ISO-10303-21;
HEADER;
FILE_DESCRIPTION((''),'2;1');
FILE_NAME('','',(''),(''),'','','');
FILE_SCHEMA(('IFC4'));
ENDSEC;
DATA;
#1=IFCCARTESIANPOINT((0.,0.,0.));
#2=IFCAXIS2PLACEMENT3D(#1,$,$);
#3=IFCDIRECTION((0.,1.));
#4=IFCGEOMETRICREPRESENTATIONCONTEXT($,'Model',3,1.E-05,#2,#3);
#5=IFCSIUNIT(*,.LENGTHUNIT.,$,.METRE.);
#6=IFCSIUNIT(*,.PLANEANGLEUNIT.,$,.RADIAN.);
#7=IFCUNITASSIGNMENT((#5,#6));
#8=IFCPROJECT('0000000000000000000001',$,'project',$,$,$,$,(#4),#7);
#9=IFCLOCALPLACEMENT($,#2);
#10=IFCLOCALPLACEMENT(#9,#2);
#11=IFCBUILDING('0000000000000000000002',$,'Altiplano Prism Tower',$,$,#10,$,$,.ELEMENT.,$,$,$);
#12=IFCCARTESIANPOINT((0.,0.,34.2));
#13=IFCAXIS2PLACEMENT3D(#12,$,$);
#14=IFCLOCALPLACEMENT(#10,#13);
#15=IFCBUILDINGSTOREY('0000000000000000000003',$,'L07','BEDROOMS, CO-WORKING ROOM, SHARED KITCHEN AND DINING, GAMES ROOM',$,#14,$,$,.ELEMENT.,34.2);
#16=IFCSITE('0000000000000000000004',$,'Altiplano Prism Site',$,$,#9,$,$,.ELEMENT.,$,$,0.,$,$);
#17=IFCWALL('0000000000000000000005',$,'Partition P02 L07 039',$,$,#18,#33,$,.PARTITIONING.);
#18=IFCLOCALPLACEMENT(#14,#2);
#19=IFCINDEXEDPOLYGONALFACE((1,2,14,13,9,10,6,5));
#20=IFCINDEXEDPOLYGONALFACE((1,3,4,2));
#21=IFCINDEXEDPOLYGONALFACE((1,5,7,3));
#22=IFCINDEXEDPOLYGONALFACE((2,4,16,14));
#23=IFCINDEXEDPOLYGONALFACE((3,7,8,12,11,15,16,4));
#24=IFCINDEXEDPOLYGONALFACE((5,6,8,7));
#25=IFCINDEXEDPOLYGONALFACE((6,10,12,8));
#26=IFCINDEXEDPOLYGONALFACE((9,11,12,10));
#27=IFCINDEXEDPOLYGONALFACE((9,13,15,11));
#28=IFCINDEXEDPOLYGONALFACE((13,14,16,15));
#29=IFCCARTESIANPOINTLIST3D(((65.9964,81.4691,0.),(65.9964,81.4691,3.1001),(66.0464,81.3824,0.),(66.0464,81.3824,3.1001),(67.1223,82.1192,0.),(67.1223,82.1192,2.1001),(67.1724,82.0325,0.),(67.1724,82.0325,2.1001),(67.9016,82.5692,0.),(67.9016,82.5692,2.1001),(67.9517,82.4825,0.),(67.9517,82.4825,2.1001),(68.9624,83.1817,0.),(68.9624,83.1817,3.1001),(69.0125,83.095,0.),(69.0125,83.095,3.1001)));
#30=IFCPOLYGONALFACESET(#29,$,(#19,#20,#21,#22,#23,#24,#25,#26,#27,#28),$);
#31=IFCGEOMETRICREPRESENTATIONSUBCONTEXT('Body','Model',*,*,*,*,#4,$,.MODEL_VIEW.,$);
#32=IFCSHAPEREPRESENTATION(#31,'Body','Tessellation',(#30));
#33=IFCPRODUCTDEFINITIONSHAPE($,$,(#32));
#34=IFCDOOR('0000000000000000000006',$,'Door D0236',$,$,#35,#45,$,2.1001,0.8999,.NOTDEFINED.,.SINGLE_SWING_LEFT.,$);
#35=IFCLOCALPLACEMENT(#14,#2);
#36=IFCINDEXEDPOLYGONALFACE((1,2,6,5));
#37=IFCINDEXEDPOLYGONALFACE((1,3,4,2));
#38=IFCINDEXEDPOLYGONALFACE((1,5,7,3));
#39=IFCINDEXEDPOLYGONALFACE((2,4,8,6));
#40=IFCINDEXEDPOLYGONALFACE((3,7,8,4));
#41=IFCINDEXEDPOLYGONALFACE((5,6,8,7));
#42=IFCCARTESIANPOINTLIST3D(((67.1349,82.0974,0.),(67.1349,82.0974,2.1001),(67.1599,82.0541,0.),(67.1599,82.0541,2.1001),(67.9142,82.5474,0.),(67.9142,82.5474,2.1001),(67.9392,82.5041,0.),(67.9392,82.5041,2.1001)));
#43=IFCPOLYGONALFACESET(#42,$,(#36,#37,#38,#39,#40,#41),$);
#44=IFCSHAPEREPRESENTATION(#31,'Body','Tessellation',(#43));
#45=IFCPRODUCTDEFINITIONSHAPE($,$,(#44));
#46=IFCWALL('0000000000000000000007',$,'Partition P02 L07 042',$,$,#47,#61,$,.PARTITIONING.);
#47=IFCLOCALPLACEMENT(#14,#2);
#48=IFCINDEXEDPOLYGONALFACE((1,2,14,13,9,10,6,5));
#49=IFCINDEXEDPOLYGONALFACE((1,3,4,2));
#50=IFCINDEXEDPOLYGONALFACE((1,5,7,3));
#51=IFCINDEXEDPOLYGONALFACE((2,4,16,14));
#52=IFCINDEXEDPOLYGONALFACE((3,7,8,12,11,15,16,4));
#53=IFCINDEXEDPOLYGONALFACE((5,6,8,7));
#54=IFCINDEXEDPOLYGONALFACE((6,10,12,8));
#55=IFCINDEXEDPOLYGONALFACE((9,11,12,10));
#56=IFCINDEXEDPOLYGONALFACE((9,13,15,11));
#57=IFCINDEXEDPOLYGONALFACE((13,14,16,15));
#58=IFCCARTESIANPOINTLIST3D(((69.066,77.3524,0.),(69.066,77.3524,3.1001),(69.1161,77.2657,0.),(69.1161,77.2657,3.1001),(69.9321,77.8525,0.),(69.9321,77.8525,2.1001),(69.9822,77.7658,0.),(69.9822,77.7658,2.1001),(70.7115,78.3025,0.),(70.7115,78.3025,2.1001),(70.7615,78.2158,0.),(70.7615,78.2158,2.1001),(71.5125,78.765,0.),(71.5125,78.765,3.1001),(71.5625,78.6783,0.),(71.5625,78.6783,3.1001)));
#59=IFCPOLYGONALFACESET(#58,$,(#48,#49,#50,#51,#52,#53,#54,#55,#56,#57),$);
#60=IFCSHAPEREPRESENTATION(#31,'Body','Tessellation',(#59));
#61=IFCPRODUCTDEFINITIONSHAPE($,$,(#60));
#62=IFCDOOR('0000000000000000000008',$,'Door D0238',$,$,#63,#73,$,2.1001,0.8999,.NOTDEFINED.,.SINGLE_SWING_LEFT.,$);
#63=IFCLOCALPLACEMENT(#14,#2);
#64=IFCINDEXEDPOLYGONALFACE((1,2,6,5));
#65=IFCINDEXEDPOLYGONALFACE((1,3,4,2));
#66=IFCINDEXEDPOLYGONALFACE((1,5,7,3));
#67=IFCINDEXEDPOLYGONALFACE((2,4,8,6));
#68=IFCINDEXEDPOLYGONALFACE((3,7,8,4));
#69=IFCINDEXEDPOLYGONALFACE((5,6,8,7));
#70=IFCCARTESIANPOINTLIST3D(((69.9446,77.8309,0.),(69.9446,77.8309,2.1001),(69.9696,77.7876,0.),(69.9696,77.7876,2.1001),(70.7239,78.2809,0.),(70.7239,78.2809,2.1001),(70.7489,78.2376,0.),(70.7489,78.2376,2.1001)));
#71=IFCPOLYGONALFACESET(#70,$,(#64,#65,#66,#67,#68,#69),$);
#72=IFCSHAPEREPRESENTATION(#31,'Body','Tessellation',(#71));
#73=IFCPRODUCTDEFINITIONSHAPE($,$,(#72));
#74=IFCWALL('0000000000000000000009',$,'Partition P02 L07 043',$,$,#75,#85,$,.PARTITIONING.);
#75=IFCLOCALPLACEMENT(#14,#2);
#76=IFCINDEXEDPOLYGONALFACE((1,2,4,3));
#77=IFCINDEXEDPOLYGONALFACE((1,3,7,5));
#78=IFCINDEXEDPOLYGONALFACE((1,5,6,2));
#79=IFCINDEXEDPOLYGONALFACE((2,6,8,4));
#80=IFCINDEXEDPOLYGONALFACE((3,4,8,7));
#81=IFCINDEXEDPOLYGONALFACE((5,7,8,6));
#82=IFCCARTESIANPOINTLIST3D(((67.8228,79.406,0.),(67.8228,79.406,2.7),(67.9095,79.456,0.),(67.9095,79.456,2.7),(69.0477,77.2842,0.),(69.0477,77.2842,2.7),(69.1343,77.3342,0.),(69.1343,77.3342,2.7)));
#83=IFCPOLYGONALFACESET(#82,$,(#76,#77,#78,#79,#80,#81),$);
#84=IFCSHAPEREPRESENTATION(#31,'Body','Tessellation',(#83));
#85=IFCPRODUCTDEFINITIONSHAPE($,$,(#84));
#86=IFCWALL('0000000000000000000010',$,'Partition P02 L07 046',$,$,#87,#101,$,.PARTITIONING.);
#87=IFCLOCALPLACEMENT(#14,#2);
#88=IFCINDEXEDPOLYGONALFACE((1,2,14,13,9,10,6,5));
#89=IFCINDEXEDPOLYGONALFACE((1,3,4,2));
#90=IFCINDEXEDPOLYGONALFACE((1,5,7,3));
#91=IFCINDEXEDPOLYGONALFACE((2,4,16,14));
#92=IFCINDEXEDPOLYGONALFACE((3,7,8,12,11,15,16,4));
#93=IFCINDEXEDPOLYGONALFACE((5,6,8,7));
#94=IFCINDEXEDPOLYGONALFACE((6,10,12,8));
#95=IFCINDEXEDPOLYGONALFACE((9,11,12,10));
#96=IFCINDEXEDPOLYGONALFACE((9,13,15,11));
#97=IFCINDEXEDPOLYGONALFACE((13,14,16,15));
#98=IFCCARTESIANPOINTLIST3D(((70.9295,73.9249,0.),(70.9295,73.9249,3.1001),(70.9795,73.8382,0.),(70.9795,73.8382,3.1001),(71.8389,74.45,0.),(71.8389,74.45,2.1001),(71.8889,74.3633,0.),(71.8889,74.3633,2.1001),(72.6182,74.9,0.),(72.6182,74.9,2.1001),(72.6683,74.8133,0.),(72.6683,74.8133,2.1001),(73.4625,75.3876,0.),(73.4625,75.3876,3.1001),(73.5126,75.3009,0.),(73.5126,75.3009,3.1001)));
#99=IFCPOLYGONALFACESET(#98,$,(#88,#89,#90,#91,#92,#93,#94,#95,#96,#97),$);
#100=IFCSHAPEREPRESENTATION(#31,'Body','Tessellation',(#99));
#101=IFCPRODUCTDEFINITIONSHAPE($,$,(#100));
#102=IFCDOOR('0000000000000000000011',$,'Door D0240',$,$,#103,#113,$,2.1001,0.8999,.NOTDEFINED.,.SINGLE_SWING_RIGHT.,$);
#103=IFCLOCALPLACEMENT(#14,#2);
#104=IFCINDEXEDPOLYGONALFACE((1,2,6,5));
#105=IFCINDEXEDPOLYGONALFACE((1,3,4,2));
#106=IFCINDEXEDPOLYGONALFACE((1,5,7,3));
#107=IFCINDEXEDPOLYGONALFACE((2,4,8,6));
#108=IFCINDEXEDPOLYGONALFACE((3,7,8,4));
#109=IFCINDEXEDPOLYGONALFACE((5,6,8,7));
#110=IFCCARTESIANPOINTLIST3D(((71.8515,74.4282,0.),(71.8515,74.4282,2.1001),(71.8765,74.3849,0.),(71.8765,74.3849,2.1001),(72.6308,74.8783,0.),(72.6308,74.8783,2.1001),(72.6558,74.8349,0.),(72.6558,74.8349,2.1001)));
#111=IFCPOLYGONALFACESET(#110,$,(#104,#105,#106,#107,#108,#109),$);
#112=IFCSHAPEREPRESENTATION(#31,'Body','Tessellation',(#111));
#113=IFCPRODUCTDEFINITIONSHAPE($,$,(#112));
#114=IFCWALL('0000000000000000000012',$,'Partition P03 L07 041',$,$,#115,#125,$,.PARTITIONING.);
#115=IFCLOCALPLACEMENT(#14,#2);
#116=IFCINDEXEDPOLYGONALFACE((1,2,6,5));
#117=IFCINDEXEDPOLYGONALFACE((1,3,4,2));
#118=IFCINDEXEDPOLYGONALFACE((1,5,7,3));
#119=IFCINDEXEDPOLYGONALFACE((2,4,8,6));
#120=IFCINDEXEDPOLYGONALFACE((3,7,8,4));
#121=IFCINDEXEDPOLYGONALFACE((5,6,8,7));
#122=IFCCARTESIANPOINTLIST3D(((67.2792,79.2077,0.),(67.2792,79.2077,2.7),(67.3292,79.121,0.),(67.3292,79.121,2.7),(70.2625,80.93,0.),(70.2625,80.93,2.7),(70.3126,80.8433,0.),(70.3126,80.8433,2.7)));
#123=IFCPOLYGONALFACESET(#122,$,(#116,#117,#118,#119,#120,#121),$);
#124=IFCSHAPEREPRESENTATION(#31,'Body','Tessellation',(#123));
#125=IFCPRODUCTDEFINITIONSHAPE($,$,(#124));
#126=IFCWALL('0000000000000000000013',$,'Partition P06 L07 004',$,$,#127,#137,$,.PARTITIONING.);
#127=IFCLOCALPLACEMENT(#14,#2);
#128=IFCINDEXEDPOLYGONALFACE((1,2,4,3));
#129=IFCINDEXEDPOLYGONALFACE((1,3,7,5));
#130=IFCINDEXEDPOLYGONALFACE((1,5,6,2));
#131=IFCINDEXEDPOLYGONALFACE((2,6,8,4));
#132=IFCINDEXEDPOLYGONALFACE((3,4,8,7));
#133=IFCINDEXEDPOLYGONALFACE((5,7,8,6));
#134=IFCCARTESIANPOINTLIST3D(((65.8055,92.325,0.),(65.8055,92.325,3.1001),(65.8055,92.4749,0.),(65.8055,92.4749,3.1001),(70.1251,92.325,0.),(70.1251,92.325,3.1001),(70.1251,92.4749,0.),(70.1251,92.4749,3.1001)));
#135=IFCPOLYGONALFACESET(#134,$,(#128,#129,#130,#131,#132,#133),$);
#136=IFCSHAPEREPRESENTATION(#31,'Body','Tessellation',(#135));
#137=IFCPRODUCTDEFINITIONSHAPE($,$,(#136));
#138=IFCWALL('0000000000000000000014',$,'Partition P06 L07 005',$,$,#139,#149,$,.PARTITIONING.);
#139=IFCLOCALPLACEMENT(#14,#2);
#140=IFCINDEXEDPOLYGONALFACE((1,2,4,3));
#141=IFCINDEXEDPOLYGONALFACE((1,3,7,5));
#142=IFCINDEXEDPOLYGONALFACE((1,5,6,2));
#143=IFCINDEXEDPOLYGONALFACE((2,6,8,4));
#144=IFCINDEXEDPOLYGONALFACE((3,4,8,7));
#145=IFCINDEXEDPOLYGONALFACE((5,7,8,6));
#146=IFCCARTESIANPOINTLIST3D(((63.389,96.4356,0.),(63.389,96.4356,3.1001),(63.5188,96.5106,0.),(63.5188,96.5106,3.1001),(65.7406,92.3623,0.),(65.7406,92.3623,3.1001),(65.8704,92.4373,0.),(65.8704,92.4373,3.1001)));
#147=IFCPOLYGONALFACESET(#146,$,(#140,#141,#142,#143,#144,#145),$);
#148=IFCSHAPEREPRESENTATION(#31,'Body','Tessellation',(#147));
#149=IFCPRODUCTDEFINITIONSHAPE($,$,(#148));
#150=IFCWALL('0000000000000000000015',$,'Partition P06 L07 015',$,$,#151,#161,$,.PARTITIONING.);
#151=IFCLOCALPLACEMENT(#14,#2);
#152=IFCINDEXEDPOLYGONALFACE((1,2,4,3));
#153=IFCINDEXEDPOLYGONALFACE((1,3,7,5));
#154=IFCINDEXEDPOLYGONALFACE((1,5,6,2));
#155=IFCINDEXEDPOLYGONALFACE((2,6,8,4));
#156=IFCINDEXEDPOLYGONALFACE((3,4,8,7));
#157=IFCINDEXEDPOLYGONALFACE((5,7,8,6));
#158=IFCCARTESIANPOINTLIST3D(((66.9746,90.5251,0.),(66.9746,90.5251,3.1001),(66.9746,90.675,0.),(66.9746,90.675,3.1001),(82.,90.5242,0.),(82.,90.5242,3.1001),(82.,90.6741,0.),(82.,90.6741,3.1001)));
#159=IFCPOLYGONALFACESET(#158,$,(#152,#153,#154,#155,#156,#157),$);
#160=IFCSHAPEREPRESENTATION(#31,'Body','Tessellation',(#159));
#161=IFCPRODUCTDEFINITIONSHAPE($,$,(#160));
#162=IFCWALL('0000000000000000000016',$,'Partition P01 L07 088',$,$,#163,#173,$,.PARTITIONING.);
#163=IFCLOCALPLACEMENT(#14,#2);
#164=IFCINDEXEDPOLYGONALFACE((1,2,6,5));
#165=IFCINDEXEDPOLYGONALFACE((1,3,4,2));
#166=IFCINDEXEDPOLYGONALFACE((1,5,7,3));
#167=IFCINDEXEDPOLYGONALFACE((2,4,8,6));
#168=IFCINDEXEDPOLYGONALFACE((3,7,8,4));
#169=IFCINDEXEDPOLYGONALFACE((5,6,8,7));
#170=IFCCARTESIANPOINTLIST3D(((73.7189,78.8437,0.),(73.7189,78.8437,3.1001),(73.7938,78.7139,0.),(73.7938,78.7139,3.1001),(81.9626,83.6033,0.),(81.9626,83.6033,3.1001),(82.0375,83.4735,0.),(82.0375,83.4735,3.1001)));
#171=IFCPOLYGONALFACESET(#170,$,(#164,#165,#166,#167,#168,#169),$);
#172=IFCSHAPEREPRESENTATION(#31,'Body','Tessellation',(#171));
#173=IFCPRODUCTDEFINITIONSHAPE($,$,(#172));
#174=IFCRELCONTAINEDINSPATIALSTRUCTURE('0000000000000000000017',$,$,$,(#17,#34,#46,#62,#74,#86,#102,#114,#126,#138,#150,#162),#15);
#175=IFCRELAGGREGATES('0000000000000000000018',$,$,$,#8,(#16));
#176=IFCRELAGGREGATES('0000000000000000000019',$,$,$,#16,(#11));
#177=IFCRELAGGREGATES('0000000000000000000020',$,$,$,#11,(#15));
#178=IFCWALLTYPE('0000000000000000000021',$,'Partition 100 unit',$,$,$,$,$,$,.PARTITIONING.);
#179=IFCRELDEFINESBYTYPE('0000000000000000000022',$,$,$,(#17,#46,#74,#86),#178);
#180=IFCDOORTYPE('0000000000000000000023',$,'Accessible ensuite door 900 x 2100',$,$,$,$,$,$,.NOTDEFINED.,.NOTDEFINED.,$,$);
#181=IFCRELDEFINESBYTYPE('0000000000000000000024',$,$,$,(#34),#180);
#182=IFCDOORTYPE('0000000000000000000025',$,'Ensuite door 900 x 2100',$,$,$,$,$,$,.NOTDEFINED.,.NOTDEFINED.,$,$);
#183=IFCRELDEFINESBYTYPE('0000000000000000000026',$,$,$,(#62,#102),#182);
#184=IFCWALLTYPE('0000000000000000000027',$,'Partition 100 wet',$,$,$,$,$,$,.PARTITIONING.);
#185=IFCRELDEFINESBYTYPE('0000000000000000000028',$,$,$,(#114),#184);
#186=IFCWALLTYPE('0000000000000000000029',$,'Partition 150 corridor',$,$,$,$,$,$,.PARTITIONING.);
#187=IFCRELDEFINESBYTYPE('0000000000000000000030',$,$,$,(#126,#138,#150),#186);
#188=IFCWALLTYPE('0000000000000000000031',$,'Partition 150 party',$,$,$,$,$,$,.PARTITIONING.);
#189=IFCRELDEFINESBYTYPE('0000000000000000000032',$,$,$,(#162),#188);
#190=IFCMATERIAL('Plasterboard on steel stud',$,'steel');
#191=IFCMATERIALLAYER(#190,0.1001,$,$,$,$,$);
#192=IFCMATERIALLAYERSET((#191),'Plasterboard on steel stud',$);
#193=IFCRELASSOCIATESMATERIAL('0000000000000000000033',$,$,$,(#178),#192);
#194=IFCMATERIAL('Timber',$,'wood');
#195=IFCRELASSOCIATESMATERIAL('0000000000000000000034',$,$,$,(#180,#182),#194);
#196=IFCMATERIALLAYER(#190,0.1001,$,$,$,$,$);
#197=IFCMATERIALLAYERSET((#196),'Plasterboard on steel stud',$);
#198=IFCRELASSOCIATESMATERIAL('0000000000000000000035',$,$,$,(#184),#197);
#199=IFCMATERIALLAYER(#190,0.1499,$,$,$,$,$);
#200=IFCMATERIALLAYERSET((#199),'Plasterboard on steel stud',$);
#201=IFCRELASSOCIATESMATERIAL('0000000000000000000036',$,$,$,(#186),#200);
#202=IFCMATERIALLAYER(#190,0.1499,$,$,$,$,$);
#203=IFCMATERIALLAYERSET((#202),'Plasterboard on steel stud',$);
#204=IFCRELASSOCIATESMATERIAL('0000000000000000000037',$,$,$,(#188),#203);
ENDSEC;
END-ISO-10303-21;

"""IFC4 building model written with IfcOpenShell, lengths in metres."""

from ifc_helpers import new_model, si_unit, direction, frame, frame_2d, origin, place, context, subcontext, project, spatial, rectangle, extrude, material, layer, layer_set, type_object, element, fill, save


model = new_model("IFC4")

# Units and contexts
model_context = context("Model", 3, precision=1e-05, world=origin(), true_north=direction((0.0, 1.0)))
body_context = subcontext(model_context, "Body", "Model", "MODEL_VIEW")
ifc_project = project(units=[si_unit("LENGTHUNIT", "METRE"), si_unit("PLANEANGLEUNIT", "RADIAN")], contexts=[model_context])

# Site, building, storey
site_placement = place(None, origin())
site = spatial("IfcSite", under=ifc_project, at=site_placement, Name="Altiplano Prism Site", CompositionType="ELEMENT", RefElevation=0.0)
building_placement = place(site_placement, origin())
building = spatial("IfcBuilding", under=site, at=building_placement, Name="Altiplano Prism Tower", CompositionType="ELEMENT")
storey_placement = place(building_placement, frame((0.0, 0.0, 34.2)))
storey = spatial("IfcBuildingStorey", under=building, at=storey_placement, Name="L07", Description="BEDROOMS, CO-WORKING ROOM, SHARED KITCHEN AND DINING, GAMES ROOM", CompositionType="ELEMENT", Elevation=34.2)

# Shared definitions
ifc_material_1 = material(Name="Plasterboard on steel stud", Category="steel")
ifc_layer_1 = layer(ifc_material_1, 0.1001)
ifc_layer_set_1 = layer_set([ifc_layer_1], Name="Plasterboard on steel stud")
wall_type_1 = type_object("IfcWallType", Name="Partition 100 unit", PredefinedType="PARTITIONING", material=ifc_layer_set_1)

# Walls, openings, doors
wall_1_placement = place(storey_placement, frame((66.0215, 81.4258, 0.0), z_axis=(0.0, 0.0, 1.0), x_axis=(0.866002, 0.500041, 0.0)))
wall_1 = element("IfcWall", 1, at=wall_1_placement, inside=storey, type_object=wall_type_1, Name="Partition P02 L07 039", PredefinedType="PARTITIONING", context=body_context, shape_type="SweptSolid", body=[
    extrude(rectangle(XDim=3.425, YDim=0.1001, at=frame_2d((1.7124, 0.0))), origin(), (0.0, 0.0, 1.0), 3.1001),
])
opening_1_placement = place(wall_1_placement, frame((1.3, 0.0, 0.0)))
opening_1 = element("IfcOpeningElement", 2, at=opening_1_placement, cuts=wall_1, PredefinedType="OPENING", context=body_context, shape_type="SweptSolid", body=[
    extrude(rectangle(XDim=0.8999, YDim=2.1001, at=frame_2d((0.45, 1.05))), frame((0.0, 0.0605, 0.0), z_axis=(0.0, -1.0, 0.0), x_axis=(1.0, 0.0, 0.0)), (0.0, 0.0, 1.0), 0.1211),
])
ifc_material_2 = material(Name="Timber", Category="wood")
door_type_1 = type_object("IfcDoorType", Name="Accessible ensuite door 900 x 2100", OperationType="NOTDEFINED", PredefinedType="NOTDEFINED", material=ifc_material_2)
door_1_placement = place(opening_1_placement, origin())
door_1 = element("IfcDoor", 3, at=door_1_placement, inside=storey, type_object=door_type_1, Name="Door D0236", OperationType="SINGLE_SWING_LEFT", OverallHeight=2.1001, OverallWidth=0.8999, PredefinedType="NOTDEFINED", context=body_context, shape_type="SweptSolid", body=[
    extrude(rectangle(XDim=0.8999, YDim=2.1001, at=frame_2d((0.45, 1.05))), frame((0.0, 0.0249, 0.0), z_axis=(0.0, -1.0, 0.0), x_axis=(1.0, 0.0, 0.0)), (0.0, 0.0, 1.0), 0.05),
])
fill(opening_1, door_1)
wall_2_placement = place(storey_placement, frame((71.5376, 78.7217, 0.0), z_axis=(0.0, 0.0, 1.0), x_axis=(-0.866011, -0.500024, 0.0)))
wall_2 = element("IfcWall", 4, at=wall_2_placement, inside=storey, type_object=wall_type_1, Name="Partition P02 L07 042", PredefinedType="PARTITIONING", context=body_context, shape_type="SweptSolid", body=[
    extrude(rectangle(XDim=2.825, YDim=0.1001, at=frame_2d((1.4126, 0.0))), origin(), (0.0, 0.0, 1.0), 3.1001),
])
opening_2_placement = place(wall_2_placement, frame((0.925, 0.0, 0.0)))
opening_2 = element("IfcOpeningElement", 5, at=opening_2_placement, cuts=wall_2, PredefinedType="OPENING", context=body_context, shape_type="SweptSolid", body=[
    extrude(rectangle(XDim=0.8999, YDim=2.1001, at=frame_2d((0.45, 1.05))), frame((0.0, 0.0605, 0.0), z_axis=(0.0, -1.0, 0.0), x_axis=(1.0, 0.0, 0.0)), (0.0, 0.0, 1.0), 0.1211),
])
door_type_2 = type_object("IfcDoorType", Name="Ensuite door 900 x 2100", OperationType="NOTDEFINED", PredefinedType="NOTDEFINED", material=ifc_material_2)
door_2_placement = place(opening_2_placement, origin())
door_2 = element("IfcDoor", 6, at=door_2_placement, inside=storey, type_object=door_type_2, Name="Door D0238", OperationType="SINGLE_SWING_LEFT", OverallHeight=2.1001, OverallWidth=0.8999, PredefinedType="NOTDEFINED", context=body_context, shape_type="SweptSolid", body=[
    extrude(rectangle(XDim=0.8999, YDim=2.1001, at=frame_2d((0.45, 1.05))), frame((0.0, 0.0249, 0.0), z_axis=(0.0, -1.0, 0.0), x_axis=(1.0, 0.0, 0.0)), (0.0, 0.0, 1.0), 0.05),
])
fill(opening_2, door_2)

# Wall
wall_3_placement = place(storey_placement, frame((69.0911, 77.3091, 0.0), z_axis=(0.0, 0.0, 1.0), x_axis=(-0.499944, 0.866058, 0.0)))
element("IfcWall", 7, at=wall_3_placement, inside=storey, type_object=wall_type_1, Name="Partition P02 L07 043", PredefinedType="PARTITIONING", context=body_context, shape_type="SweptSolid", body=[
    extrude(rectangle(XDim=2.45, YDim=0.1001, at=frame_2d((1.2251, 0.0))), origin(), (0.0, 0.0, 1.0), 2.7),
])

# Wall, opening, door
wall_4_placement = place(storey_placement, frame((70.9546, 73.8816, 0.0), z_axis=(0.0, 0.0, 1.0), x_axis=(0.86599, 0.500062, 0.0)))
wall_4 = element("IfcWall", 8, at=wall_4_placement, inside=storey, type_object=wall_type_1, Name="Partition P02 L07 046", PredefinedType="PARTITIONING", context=body_context, shape_type="SweptSolid", body=[
    extrude(rectangle(XDim=2.925, YDim=0.1001, at=frame_2d((1.4624, 0.0))), origin(), (0.0, 0.0, 1.0), 3.1001),
])
opening_3_placement = place(wall_4_placement, frame((1.05, 0.0, 0.0)))
opening_3 = element("IfcOpeningElement", 9, at=opening_3_placement, cuts=wall_4, PredefinedType="OPENING", context=body_context, shape_type="SweptSolid", body=[
    extrude(rectangle(XDim=0.8999, YDim=2.1001, at=frame_2d((0.45, 1.05))), frame((0.0, 0.0605, 0.0), z_axis=(0.0, -1.0, 0.0), x_axis=(1.0, 0.0, 0.0)), (0.0, 0.0, 1.0), 0.1211),
])
door_3_placement = place(opening_3_placement, origin())
door_3 = element("IfcDoor", 10, at=door_3_placement, inside=storey, type_object=door_type_2, Name="Door D0240", OperationType="SINGLE_SWING_RIGHT", OverallHeight=2.1001, OverallWidth=0.8999, PredefinedType="NOTDEFINED", context=body_context, shape_type="SweptSolid", body=[
    extrude(rectangle(XDim=0.8999, YDim=2.1001, at=frame_2d((0.45, 1.05))), frame((0.0, 0.0249, 0.0), z_axis=(0.0, -1.0, 0.0), x_axis=(1.0, 0.0, 0.0)), (0.0, 0.0, 1.0), 0.05),
])
fill(opening_3, door_3)

# Walls
ifc_layer_2 = layer(ifc_material_1, 0.1001)
ifc_layer_set_2 = layer_set([ifc_layer_2], Name="Plasterboard on steel stud")
wall_type_2 = type_object("IfcWallType", Name="Partition 100 wet", PredefinedType="PARTITIONING", material=ifc_layer_set_2)
wall_5_placement = place(storey_placement, frame((67.3042, 79.1643, 0.0), z_axis=(0.0, 0.0, 1.0), x_axis=(0.866032, 0.499988, 0.0)))
element("IfcWall", 11, at=wall_5_placement, inside=storey, type_object=wall_type_2, Name="Partition P03 L07 041", PredefinedType="PARTITIONING", context=body_context, shape_type="SweptSolid", body=[
    extrude(rectangle(XDim=3.4448, YDim=0.1001, at=frame_2d((1.7224, 0.0))), origin(), (0.0, 0.0, 1.0), 2.7),
])
ifc_layer_3 = layer(ifc_material_1, 0.1499)
ifc_layer_set_3 = layer_set([ifc_layer_3], Name="Plasterboard on steel stud")
wall_type_3 = type_object("IfcWallType", Name="Partition 150 corridor", PredefinedType="PARTITIONING", material=ifc_layer_set_3)
wall_6_placement = place(storey_placement, frame((70.125, 92.3999, 0.0), z_axis=(0.0, 0.0, 1.0), x_axis=(-1.0, 0.0, 0.0)))
element("IfcWall", 12, at=wall_6_placement, inside=storey, type_object=wall_type_3, Name="Partition P06 L07 004", PredefinedType="PARTITIONING", context=body_context, shape_type="SweptSolid", body=[
    extrude(rectangle(XDim=4.3196, YDim=0.1499, at=frame_2d((2.1597, 0.0))), origin(), (0.0, 0.0, 1.0), 3.1001),
])
wall_7_placement = place(storey_placement, frame((65.8054, 92.3999, 0.0), z_axis=(0.0, 0.0, 1.0), x_axis=(-0.49998, 0.866037, 0.0)))
element("IfcWall", 13, at=wall_7_placement, inside=storey, type_object=wall_type_3, Name="Partition P06 L07 005", PredefinedType="PARTITIONING", context=body_context, shape_type="SweptSolid", body=[
    extrude(rectangle(XDim=4.7034, YDim=0.1499, at=frame_2d((2.3516, 0.0))), origin(), (0.0, 0.0, 1.0), 3.1001),
])
wall_8_placement = place(storey_placement, frame((66.9746, 90.6001, 0.0), z_axis=(0.0, 0.0, 1.0), x_axis=(1.0, -0.000065, 0.0)))
element("IfcWall", 14, at=wall_8_placement, inside=storey, type_object=wall_type_3, Name="Partition P06 L07 015", PredefinedType="PARTITIONING", context=body_context, shape_type="SweptSolid", body=[
    extrude(rectangle(XDim=15.0254, YDim=0.1499, at=frame_2d((7.5127, 0.0))), origin(), (0.0, 0.0, 1.0), 3.1001),
])
ifc_layer_4 = layer(ifc_material_1, 0.1499)
ifc_layer_set_4 = layer_set([ifc_layer_4], Name="Plasterboard on steel stud")
wall_type_4 = type_object("IfcWallType", Name="Partition 150 party", PredefinedType="PARTITIONING", material=ifc_layer_set_4)
wall_9_placement = place(storey_placement, frame((73.7563, 78.7788, 0.0), z_axis=(0.0, 0.0, 1.0), x_axis=(0.866023, 0.500004, 0.0)))
element("IfcWall", 15, at=wall_9_placement, inside=storey, type_object=wall_type_4, Name="Partition P01 L07 088", PredefinedType="PARTITIONING", context=body_context, shape_type="SweptSolid", body=[
    extrude(rectangle(XDim=9.519, YDim=0.1499, at=frame_2d((4.7595, 0.0))), origin(), (0.0, 0.0, 1.0), 3.1001),
])

save(model, "model.ifc")
